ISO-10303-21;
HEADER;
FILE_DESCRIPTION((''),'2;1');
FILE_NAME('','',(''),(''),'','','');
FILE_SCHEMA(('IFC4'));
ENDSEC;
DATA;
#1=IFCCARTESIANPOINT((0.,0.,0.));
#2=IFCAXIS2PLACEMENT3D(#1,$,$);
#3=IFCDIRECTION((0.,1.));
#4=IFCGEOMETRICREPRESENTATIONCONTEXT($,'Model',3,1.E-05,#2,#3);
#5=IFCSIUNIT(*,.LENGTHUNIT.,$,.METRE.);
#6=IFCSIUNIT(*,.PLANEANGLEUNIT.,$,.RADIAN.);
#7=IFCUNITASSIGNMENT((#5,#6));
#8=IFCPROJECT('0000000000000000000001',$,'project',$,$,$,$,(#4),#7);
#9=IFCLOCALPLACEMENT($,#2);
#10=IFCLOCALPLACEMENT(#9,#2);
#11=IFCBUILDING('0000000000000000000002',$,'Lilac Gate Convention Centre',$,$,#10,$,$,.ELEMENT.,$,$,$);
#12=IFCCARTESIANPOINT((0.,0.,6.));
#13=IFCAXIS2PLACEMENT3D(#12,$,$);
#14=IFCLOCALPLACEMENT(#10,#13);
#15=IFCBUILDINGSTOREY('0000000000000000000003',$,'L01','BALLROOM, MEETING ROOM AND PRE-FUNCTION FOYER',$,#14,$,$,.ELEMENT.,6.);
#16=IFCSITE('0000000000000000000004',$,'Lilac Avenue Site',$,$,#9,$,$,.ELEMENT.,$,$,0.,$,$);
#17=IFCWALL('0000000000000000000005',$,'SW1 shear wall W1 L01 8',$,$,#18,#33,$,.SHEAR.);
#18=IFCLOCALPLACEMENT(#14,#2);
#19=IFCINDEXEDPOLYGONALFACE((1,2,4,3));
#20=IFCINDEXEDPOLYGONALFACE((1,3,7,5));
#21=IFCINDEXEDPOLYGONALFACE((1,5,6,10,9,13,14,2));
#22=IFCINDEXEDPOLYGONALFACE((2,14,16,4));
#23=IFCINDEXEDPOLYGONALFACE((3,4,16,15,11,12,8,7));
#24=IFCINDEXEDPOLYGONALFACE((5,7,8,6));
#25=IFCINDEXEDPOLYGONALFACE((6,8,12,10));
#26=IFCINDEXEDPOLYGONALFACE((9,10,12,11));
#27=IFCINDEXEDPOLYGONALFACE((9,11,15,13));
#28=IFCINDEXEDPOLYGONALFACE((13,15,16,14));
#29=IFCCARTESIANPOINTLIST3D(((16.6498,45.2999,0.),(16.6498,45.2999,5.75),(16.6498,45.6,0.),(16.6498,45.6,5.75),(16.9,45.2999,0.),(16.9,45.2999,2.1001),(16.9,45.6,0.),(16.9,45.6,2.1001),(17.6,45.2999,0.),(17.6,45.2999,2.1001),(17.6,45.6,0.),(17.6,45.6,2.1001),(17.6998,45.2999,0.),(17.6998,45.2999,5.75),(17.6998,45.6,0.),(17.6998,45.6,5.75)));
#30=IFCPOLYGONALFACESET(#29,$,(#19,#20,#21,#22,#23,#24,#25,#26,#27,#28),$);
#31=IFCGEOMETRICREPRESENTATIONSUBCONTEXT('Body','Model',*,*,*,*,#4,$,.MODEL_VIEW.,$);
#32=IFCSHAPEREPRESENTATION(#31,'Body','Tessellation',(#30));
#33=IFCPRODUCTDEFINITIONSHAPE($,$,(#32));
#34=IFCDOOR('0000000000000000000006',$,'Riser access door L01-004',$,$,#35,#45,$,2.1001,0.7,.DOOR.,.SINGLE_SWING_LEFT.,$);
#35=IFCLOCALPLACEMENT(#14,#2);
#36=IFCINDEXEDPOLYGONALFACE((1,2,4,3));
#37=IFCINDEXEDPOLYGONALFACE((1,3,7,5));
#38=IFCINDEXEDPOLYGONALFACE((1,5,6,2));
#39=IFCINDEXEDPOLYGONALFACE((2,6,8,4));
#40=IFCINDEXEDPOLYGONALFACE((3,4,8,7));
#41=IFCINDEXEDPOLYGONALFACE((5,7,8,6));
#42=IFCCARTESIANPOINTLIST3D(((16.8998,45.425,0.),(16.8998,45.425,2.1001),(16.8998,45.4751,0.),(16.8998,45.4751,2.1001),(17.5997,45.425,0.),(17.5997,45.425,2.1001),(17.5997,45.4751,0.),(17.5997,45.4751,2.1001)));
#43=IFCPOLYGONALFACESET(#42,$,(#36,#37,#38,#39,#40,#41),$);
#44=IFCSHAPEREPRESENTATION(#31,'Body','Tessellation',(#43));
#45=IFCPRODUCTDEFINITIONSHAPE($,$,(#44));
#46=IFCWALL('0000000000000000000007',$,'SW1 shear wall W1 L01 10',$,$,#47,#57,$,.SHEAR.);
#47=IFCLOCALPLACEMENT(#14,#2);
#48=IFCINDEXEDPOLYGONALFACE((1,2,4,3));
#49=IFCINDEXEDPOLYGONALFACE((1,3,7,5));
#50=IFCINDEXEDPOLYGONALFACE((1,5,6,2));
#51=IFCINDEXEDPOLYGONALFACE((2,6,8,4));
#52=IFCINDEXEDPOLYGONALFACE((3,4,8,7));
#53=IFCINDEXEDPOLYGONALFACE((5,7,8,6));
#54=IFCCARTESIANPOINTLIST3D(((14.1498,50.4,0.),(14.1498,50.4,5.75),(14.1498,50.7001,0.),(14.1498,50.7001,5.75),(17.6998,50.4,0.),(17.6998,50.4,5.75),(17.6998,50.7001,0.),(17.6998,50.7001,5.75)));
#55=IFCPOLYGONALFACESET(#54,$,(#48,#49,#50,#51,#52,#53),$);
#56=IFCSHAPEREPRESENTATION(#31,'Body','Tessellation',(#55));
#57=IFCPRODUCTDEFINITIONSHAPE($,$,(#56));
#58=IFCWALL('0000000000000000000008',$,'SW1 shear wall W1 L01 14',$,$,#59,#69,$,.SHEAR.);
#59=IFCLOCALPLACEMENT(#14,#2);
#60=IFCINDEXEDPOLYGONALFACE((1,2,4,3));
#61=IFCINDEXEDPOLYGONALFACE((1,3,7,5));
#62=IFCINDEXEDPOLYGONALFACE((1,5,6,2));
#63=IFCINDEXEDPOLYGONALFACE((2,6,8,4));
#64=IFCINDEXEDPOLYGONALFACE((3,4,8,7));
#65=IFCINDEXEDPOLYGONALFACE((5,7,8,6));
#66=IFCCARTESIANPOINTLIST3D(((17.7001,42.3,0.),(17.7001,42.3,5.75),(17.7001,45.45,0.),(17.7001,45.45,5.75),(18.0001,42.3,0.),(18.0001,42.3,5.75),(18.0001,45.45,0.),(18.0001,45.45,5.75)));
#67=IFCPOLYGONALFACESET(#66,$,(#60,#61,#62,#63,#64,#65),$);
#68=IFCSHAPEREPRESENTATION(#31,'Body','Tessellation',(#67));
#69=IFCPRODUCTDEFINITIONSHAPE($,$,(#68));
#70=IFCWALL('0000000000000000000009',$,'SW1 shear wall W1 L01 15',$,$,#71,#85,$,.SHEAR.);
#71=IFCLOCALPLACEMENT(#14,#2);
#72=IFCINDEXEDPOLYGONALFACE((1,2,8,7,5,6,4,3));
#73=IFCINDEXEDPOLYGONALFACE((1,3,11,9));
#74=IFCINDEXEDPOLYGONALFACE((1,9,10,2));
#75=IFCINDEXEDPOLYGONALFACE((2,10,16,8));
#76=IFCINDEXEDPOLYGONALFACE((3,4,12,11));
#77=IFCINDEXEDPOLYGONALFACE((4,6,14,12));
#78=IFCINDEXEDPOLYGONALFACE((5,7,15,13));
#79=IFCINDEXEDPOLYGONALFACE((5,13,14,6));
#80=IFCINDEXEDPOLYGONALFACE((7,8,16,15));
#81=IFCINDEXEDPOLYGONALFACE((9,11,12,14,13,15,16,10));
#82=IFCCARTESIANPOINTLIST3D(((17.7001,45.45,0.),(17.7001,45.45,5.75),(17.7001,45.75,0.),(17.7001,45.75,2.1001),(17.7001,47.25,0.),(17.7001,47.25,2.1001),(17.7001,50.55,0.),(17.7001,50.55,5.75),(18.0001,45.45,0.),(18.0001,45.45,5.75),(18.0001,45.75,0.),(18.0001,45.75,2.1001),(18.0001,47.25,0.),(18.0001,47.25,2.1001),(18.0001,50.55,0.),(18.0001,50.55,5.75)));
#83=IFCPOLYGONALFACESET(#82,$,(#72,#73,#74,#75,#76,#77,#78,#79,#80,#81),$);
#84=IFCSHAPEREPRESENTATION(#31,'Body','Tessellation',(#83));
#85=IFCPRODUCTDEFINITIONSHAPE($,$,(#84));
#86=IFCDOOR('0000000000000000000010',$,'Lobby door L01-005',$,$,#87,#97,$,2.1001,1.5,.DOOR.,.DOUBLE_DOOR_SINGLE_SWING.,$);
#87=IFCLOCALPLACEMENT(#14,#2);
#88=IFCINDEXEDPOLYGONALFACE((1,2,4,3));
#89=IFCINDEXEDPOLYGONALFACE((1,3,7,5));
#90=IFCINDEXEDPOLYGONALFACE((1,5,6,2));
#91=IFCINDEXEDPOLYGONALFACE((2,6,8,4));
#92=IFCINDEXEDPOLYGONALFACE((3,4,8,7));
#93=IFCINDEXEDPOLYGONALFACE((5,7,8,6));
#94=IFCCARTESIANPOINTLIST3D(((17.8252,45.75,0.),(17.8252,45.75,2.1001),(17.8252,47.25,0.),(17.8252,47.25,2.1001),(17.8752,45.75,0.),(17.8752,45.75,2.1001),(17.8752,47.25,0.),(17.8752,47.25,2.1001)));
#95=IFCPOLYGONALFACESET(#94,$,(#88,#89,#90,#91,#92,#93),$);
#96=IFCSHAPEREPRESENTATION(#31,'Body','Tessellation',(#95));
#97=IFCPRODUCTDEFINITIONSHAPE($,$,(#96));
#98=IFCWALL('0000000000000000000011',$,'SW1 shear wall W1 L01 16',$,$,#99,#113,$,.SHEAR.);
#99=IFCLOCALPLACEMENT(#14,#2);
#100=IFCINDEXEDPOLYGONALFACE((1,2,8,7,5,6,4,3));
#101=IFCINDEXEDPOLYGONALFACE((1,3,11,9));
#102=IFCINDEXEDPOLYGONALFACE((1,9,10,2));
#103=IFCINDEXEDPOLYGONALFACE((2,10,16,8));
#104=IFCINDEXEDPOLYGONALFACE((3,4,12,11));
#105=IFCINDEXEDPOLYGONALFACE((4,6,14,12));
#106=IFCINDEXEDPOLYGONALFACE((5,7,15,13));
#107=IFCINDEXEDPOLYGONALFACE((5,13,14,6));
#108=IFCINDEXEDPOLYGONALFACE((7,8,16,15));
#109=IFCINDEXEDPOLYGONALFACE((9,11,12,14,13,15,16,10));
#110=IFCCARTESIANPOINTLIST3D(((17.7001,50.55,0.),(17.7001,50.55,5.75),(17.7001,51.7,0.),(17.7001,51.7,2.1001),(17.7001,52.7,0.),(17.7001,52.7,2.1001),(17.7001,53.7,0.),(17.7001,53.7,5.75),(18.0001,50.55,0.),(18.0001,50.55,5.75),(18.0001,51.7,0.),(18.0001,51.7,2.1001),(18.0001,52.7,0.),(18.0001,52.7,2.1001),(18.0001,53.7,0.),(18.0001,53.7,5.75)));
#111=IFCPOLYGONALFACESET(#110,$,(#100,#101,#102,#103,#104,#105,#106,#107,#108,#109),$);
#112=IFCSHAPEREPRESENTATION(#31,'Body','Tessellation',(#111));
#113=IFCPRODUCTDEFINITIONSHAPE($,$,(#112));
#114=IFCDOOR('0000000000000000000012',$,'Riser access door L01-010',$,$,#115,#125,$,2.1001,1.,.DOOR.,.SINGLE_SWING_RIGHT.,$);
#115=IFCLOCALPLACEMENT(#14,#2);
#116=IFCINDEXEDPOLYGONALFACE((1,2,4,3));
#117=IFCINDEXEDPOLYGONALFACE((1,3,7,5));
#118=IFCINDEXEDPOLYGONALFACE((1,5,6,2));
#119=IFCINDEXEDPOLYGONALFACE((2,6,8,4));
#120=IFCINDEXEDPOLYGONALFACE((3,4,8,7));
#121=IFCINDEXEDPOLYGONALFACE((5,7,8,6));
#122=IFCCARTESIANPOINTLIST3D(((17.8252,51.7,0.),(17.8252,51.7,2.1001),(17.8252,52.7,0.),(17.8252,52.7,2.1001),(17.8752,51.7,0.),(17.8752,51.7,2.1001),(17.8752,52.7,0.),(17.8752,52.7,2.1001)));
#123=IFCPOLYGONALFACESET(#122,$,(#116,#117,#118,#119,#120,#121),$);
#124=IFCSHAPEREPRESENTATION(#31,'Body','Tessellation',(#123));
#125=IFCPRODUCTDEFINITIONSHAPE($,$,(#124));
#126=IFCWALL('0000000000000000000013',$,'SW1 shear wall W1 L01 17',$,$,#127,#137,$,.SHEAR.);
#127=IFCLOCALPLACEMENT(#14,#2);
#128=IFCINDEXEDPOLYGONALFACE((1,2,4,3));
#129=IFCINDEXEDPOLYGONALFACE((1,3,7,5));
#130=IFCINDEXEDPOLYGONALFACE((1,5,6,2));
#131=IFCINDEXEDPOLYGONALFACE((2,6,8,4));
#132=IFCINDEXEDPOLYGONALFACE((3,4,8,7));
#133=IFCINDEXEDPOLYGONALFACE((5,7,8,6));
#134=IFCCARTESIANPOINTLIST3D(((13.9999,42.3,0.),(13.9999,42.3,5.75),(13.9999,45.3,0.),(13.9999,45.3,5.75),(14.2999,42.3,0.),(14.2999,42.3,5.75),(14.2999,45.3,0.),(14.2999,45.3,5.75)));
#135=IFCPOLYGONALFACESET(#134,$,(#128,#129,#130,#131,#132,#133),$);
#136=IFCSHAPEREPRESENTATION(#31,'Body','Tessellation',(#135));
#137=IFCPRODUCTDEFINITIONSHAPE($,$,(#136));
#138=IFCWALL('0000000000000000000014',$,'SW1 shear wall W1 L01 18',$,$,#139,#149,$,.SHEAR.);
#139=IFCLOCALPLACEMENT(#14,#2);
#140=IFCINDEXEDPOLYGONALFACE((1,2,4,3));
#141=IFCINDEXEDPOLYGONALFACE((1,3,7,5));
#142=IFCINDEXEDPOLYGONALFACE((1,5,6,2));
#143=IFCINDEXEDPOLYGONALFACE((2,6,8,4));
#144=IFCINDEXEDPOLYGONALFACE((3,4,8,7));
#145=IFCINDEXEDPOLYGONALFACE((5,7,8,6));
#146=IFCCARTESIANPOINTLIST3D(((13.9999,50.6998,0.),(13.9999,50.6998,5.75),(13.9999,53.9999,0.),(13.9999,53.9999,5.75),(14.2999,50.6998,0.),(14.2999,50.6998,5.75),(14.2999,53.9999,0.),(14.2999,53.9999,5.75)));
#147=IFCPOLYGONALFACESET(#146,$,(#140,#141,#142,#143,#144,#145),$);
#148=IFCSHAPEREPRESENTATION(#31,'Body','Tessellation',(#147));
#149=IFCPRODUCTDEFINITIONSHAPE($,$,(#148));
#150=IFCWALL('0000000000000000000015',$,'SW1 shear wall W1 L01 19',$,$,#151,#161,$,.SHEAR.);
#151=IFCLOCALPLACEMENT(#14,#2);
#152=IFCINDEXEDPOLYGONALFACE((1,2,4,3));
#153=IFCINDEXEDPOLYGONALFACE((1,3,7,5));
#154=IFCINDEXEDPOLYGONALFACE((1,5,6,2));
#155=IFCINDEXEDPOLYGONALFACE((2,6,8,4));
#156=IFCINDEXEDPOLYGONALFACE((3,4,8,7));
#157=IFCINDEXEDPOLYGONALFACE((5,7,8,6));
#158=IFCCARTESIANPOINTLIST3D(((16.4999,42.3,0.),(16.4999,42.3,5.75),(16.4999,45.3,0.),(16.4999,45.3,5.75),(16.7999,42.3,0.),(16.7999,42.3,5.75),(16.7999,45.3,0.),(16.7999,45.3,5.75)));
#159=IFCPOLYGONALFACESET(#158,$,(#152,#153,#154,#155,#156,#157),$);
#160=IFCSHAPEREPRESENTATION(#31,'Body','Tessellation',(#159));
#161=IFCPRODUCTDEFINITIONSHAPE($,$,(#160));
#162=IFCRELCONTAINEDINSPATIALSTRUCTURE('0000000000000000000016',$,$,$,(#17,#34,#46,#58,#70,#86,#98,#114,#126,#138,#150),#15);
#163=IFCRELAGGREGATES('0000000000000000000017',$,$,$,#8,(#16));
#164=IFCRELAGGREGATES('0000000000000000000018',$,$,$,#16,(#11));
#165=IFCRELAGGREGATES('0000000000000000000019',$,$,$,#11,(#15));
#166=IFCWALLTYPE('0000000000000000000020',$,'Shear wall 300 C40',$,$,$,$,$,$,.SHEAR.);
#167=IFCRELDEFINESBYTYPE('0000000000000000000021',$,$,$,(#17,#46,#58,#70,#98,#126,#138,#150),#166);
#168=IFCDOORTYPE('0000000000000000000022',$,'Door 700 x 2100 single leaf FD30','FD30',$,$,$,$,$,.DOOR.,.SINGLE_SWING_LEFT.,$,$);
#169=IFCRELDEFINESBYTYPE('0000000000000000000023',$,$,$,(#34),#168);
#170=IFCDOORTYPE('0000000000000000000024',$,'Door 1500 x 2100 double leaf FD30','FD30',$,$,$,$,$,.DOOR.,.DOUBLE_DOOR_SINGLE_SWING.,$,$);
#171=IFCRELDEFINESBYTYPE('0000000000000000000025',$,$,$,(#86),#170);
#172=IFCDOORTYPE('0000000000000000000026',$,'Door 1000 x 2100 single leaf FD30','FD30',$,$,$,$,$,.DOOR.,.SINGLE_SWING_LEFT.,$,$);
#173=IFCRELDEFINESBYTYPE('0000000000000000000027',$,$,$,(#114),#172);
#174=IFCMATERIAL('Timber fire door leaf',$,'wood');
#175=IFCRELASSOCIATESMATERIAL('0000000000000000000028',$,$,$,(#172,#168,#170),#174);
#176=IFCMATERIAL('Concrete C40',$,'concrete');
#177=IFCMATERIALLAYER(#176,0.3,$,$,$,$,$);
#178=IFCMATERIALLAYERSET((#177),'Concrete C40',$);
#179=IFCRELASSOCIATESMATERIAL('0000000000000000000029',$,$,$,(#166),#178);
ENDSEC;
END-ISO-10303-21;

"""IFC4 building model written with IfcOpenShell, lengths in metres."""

from ifc_helpers import new_model, si_unit, direction, frame, frame_2d, origin, place, context, subcontext, project, spatial, rectangle, extrude, material, layer, layer_set, type_object, element, fill, save


model = new_model("IFC4")

# Units and contexts
model_context = context("Model", 3, precision=1e-05, world=origin(), true_north=direction((0.0, 1.0)))
body_context = subcontext(model_context, "Body", "Model", "MODEL_VIEW")
ifc_project = project(units=[si_unit("LENGTHUNIT", "METRE"), si_unit("PLANEANGLEUNIT", "RADIAN")], contexts=[model_context])

# Site, building, storey
site_placement = place(None, origin())
site = spatial("IfcSite", under=ifc_project, at=site_placement, Name="Lilac Avenue Site", CompositionType="ELEMENT", RefElevation=0.0)
building_placement = place(site_placement, origin())
building = spatial("IfcBuilding", under=site, at=building_placement, Name="Lilac Gate Convention Centre", CompositionType="ELEMENT")
storey_placement = place(building_placement, frame((0.0, 0.0, 6.0)))
storey = spatial("IfcBuildingStorey", under=building, at=storey_placement, Name="L01", Description="BALLROOM, MEETING ROOM AND PRE-FUNCTION FOYER", CompositionType="ELEMENT", Elevation=6.0)

# Shared definitions
ifc_material_1 = material(Name="Timber fire door leaf", Category="wood")
door_type_1 = type_object("IfcDoorType", Name="Door 1000 x 2100 single leaf FD30", Description="FD30", OperationType="SINGLE_SWING_LEFT", PredefinedType="DOOR", material=ifc_material_1)

# Shared definitions
ifc_material_2 = material(Name="Concrete C40", Category="concrete")
ifc_layer_1 = layer(ifc_material_2, 0.3)
ifc_layer_set_1 = layer_set([ifc_layer_1], Name="Concrete C40")
wall_type_1 = type_object("IfcWallType", Name="Shear wall 300 C40", PredefinedType="SHEAR", material=ifc_layer_set_1)

# Wall, opening, door
wall_1_placement = place(storey_placement, frame((16.6499, 45.45, 0.0), z_axis=(0.0, 0.0, 1.0), x_axis=(1.0, 0.0, 0.0)))
wall_1 = element("IfcWall", 1, at=wall_1_placement, inside=storey, type_object=wall_type_1, Name="SW1 shear wall W1 L01 8", PredefinedType="SHEAR", context=body_context, shape_type="SweptSolid", body=[
    extrude(rectangle(XDim=1.05, YDim=0.3, at=frame_2d((0.5249, 0.0))), origin(), (0.0, 0.0, 1.0), 5.75),
])
opening_1_placement = place(wall_1_placement, frame((0.25, 0.0, 0.0)))
opening_1 = element("IfcOpeningElement", 2, at=opening_1_placement, cuts=wall_1, PredefinedType="OPENING", context=body_context, shape_type="SweptSolid", body=[
    extrude(rectangle(XDim=0.7, YDim=2.1001, at=frame_2d((0.3501, 1.05))), frame((0.0, 0.1599, 0.0), z_axis=(0.0, -1.0, 0.0), x_axis=(1.0, 0.0, 0.0)), (0.0, 0.0, 1.0), 0.3201),
])
door_type_2 = type_object("IfcDoorType", Name="Door 700 x 2100 single leaf FD30", Description="FD30", OperationType="SINGLE_SWING_LEFT", PredefinedType="DOOR", material=ifc_material_1)
door_1_placement = place(opening_1_placement, frame((0.7, 0.0, 0.0), z_axis=(0.0, 0.0, 1.0), x_axis=(-1.0, 0.0, 0.0)))
door_1 = element("IfcDoor", 3, at=door_1_placement, inside=storey, type_object=door_type_2, Name="Riser access door L01-004", OperationType="SINGLE_SWING_LEFT", OverallHeight=2.1001, OverallWidth=0.7, PredefinedType="DOOR", context=body_context, shape_type="SweptSolid", body=[
    extrude(rectangle(XDim=0.7, YDim=2.1001, at=frame_2d((0.3501, 1.05))), frame((0.0, 0.0249, 0.0), z_axis=(0.0, -1.0, 0.0), x_axis=(1.0, 0.0, 0.0)), (0.0, 0.0, 1.0), 0.05),
])
fill(opening_1, door_1)

# Walls
wall_2_placement = place(storey_placement, frame((14.1499, 50.55, 0.0), z_axis=(0.0, 0.0, 1.0), x_axis=(1.0, 0.0, 0.0)))
element("IfcWall", 4, at=wall_2_placement, inside=storey, type_object=wall_type_1, Name="SW1 shear wall W1 L01 10", PredefinedType="SHEAR", context=body_context, shape_type="SweptSolid", body=[
    extrude(rectangle(XDim=3.55, YDim=0.3, at=frame_2d((1.7749, 0.0))), origin(), (0.0, 0.0, 1.0), 5.75),
])
wall_3_placement = place(storey_placement, frame((17.8501, 42.3, 0.0), z_axis=(0.0, 0.0, 1.0), x_axis=(0.0, 1.0, 0.0)))
element("IfcWall", 5, at=wall_3_placement, inside=storey, type_object=wall_type_1, Name="SW1 shear wall W1 L01 14", PredefinedType="SHEAR", context=body_context, shape_type="SweptSolid", body=[
    extrude(rectangle(XDim=3.1499, YDim=0.3, at=frame_2d((1.575, 0.0))), origin(), (0.0, 0.0, 1.0), 5.75),
])

# Walls, openings, doors
wall_4_placement = place(storey_placement, frame((17.8501, 45.45, 0.0), z_axis=(0.0, 0.0, 1.0), x_axis=(0.0, 1.0, 0.0)))
wall_4 = element("IfcWall", 6, at=wall_4_placement, inside=storey, type_object=wall_type_1, Name="SW1 shear wall W1 L01 15", PredefinedType="SHEAR", context=body_context, shape_type="SweptSolid", body=[
    extrude(rectangle(XDim=5.1001, YDim=0.3, at=frame_2d((2.55, 0.0))), origin(), (0.0, 0.0, 1.0), 5.75),
])
opening_2_placement = place(wall_4_placement, frame((0.3, 0.0, 0.0)))
opening_2 = element("IfcOpeningElement", 7, at=opening_2_placement, cuts=wall_4, PredefinedType="OPENING", context=body_context, shape_type="SweptSolid", body=[
    extrude(rectangle(XDim=1.5, YDim=2.1001, at=frame_2d((0.75, 1.05))), frame((0.0, 0.1599, 0.0), z_axis=(0.0, -1.0, 0.0), x_axis=(1.0, 0.0, 0.0)), (0.0, 0.0, 1.0), 0.3201),
])
door_type_3 = type_object("IfcDoorType", Name="Door 1500 x 2100 double leaf FD30", Description="FD30", OperationType="DOUBLE_DOOR_SINGLE_SWING", PredefinedType="DOOR", material=ifc_material_1)
door_2_placement = place(opening_2_placement, origin())
door_2 = element("IfcDoor", 8, at=door_2_placement, inside=storey, type_object=door_type_3, Name="Lobby door L01-005", OperationType="DOUBLE_DOOR_SINGLE_SWING", OverallHeight=2.1001, OverallWidth=1.5, PredefinedType="DOOR", context=body_context, shape_type="SweptSolid", body=[
    extrude(rectangle(XDim=1.5, YDim=2.1001, at=frame_2d((0.75, 1.05))), frame((0.0, 0.0249, 0.0), z_axis=(0.0, -1.0, 0.0), x_axis=(1.0, 0.0, 0.0)), (0.0, 0.0, 1.0), 0.05),
])
fill(opening_2, door_2)
wall_5_placement = place(storey_placement, frame((17.8501, 50.55, 0.0), z_axis=(0.0, 0.0, 1.0), x_axis=(0.0, 1.0, 0.0)))
wall_5 = element("IfcWall", 9, at=wall_5_placement, inside=storey, type_object=wall_type_1, Name="SW1 shear wall W1 L01 16", PredefinedType="SHEAR", context=body_context, shape_type="SweptSolid", body=[
    extrude(rectangle(XDim=3.1499, YDim=0.3, at=frame_2d((1.575, 0.0))), origin(), (0.0, 0.0, 1.0), 5.75),
])
opening_3_placement = place(wall_5_placement, frame((1.1499, 0.0, 0.0)))
opening_3 = element("IfcOpeningElement", 10, at=opening_3_placement, cuts=wall_5, PredefinedType="OPENING", context=body_context, shape_type="SweptSolid", body=[
    extrude(rectangle(XDim=1.0, YDim=2.1001, at=frame_2d((0.5, 1.05))), frame((0.0, 0.1599, 0.0), z_axis=(0.0, -1.0, 0.0), x_axis=(1.0, 0.0, 0.0)), (0.0, 0.0, 1.0), 0.3201),
])
door_3_placement = place(opening_3_placement, origin())
door_3 = element("IfcDoor", 11, at=door_3_placement, inside=storey, type_object=door_type_1, Name="Riser access door L01-010", OperationType="SINGLE_SWING_RIGHT", OverallHeight=2.1001, OverallWidth=1.0, PredefinedType="DOOR", context=body_context, shape_type="SweptSolid", body=[
    extrude(rectangle(XDim=1.0, YDim=2.1001, at=frame_2d((0.5, 1.05))), frame((0.0, 0.0249, 0.0), z_axis=(0.0, -1.0, 0.0), x_axis=(1.0, 0.0, 0.0)), (0.0, 0.0, 1.0), 0.05),
])
fill(opening_3, door_3)

# Walls
wall_6_placement = place(storey_placement, frame((14.1499, 42.3, 0.0), z_axis=(0.0, 0.0, 1.0), x_axis=(0.0, 1.0, 0.0)))
element("IfcWall", 12, at=wall_6_placement, inside=storey, type_object=wall_type_1, Name="SW1 shear wall W1 L01 17", PredefinedType="SHEAR", context=body_context, shape_type="SweptSolid", body=[
    extrude(rectangle(XDim=3.0, YDim=0.3, at=frame_2d((1.5, 0.0))), origin(), (0.0, 0.0, 1.0), 5.75),
])
wall_7_placement = place(storey_placement, frame((14.1499, 50.7, 0.0), z_axis=(0.0, 0.0, 1.0), x_axis=(0.0, 1.0, 0.0)))
element("IfcWall", 13, at=wall_7_placement, inside=storey, type_object=wall_type_1, Name="SW1 shear wall W1 L01 18", PredefinedType="SHEAR", context=body_context, shape_type="SweptSolid", body=[
    extrude(rectangle(XDim=3.3, YDim=0.3, at=frame_2d((1.6499, 0.0))), origin(), (0.0, 0.0, 1.0), 5.75),
])
wall_8_placement = place(storey_placement, frame((16.6499, 42.3, 0.0), z_axis=(0.0, 0.0, 1.0), x_axis=(0.0, 1.0, 0.0)))
element("IfcWall", 14, at=wall_8_placement, inside=storey, type_object=wall_type_1, Name="SW1 shear wall W1 L01 19", PredefinedType="SHEAR", context=body_context, shape_type="SweptSolid", body=[
    extrude(rectangle(XDim=3.0, YDim=0.3, at=frame_2d((1.5, 0.0))), origin(), (0.0, 0.0, 1.0), 5.75),
])

save(model, "model.ifc")
